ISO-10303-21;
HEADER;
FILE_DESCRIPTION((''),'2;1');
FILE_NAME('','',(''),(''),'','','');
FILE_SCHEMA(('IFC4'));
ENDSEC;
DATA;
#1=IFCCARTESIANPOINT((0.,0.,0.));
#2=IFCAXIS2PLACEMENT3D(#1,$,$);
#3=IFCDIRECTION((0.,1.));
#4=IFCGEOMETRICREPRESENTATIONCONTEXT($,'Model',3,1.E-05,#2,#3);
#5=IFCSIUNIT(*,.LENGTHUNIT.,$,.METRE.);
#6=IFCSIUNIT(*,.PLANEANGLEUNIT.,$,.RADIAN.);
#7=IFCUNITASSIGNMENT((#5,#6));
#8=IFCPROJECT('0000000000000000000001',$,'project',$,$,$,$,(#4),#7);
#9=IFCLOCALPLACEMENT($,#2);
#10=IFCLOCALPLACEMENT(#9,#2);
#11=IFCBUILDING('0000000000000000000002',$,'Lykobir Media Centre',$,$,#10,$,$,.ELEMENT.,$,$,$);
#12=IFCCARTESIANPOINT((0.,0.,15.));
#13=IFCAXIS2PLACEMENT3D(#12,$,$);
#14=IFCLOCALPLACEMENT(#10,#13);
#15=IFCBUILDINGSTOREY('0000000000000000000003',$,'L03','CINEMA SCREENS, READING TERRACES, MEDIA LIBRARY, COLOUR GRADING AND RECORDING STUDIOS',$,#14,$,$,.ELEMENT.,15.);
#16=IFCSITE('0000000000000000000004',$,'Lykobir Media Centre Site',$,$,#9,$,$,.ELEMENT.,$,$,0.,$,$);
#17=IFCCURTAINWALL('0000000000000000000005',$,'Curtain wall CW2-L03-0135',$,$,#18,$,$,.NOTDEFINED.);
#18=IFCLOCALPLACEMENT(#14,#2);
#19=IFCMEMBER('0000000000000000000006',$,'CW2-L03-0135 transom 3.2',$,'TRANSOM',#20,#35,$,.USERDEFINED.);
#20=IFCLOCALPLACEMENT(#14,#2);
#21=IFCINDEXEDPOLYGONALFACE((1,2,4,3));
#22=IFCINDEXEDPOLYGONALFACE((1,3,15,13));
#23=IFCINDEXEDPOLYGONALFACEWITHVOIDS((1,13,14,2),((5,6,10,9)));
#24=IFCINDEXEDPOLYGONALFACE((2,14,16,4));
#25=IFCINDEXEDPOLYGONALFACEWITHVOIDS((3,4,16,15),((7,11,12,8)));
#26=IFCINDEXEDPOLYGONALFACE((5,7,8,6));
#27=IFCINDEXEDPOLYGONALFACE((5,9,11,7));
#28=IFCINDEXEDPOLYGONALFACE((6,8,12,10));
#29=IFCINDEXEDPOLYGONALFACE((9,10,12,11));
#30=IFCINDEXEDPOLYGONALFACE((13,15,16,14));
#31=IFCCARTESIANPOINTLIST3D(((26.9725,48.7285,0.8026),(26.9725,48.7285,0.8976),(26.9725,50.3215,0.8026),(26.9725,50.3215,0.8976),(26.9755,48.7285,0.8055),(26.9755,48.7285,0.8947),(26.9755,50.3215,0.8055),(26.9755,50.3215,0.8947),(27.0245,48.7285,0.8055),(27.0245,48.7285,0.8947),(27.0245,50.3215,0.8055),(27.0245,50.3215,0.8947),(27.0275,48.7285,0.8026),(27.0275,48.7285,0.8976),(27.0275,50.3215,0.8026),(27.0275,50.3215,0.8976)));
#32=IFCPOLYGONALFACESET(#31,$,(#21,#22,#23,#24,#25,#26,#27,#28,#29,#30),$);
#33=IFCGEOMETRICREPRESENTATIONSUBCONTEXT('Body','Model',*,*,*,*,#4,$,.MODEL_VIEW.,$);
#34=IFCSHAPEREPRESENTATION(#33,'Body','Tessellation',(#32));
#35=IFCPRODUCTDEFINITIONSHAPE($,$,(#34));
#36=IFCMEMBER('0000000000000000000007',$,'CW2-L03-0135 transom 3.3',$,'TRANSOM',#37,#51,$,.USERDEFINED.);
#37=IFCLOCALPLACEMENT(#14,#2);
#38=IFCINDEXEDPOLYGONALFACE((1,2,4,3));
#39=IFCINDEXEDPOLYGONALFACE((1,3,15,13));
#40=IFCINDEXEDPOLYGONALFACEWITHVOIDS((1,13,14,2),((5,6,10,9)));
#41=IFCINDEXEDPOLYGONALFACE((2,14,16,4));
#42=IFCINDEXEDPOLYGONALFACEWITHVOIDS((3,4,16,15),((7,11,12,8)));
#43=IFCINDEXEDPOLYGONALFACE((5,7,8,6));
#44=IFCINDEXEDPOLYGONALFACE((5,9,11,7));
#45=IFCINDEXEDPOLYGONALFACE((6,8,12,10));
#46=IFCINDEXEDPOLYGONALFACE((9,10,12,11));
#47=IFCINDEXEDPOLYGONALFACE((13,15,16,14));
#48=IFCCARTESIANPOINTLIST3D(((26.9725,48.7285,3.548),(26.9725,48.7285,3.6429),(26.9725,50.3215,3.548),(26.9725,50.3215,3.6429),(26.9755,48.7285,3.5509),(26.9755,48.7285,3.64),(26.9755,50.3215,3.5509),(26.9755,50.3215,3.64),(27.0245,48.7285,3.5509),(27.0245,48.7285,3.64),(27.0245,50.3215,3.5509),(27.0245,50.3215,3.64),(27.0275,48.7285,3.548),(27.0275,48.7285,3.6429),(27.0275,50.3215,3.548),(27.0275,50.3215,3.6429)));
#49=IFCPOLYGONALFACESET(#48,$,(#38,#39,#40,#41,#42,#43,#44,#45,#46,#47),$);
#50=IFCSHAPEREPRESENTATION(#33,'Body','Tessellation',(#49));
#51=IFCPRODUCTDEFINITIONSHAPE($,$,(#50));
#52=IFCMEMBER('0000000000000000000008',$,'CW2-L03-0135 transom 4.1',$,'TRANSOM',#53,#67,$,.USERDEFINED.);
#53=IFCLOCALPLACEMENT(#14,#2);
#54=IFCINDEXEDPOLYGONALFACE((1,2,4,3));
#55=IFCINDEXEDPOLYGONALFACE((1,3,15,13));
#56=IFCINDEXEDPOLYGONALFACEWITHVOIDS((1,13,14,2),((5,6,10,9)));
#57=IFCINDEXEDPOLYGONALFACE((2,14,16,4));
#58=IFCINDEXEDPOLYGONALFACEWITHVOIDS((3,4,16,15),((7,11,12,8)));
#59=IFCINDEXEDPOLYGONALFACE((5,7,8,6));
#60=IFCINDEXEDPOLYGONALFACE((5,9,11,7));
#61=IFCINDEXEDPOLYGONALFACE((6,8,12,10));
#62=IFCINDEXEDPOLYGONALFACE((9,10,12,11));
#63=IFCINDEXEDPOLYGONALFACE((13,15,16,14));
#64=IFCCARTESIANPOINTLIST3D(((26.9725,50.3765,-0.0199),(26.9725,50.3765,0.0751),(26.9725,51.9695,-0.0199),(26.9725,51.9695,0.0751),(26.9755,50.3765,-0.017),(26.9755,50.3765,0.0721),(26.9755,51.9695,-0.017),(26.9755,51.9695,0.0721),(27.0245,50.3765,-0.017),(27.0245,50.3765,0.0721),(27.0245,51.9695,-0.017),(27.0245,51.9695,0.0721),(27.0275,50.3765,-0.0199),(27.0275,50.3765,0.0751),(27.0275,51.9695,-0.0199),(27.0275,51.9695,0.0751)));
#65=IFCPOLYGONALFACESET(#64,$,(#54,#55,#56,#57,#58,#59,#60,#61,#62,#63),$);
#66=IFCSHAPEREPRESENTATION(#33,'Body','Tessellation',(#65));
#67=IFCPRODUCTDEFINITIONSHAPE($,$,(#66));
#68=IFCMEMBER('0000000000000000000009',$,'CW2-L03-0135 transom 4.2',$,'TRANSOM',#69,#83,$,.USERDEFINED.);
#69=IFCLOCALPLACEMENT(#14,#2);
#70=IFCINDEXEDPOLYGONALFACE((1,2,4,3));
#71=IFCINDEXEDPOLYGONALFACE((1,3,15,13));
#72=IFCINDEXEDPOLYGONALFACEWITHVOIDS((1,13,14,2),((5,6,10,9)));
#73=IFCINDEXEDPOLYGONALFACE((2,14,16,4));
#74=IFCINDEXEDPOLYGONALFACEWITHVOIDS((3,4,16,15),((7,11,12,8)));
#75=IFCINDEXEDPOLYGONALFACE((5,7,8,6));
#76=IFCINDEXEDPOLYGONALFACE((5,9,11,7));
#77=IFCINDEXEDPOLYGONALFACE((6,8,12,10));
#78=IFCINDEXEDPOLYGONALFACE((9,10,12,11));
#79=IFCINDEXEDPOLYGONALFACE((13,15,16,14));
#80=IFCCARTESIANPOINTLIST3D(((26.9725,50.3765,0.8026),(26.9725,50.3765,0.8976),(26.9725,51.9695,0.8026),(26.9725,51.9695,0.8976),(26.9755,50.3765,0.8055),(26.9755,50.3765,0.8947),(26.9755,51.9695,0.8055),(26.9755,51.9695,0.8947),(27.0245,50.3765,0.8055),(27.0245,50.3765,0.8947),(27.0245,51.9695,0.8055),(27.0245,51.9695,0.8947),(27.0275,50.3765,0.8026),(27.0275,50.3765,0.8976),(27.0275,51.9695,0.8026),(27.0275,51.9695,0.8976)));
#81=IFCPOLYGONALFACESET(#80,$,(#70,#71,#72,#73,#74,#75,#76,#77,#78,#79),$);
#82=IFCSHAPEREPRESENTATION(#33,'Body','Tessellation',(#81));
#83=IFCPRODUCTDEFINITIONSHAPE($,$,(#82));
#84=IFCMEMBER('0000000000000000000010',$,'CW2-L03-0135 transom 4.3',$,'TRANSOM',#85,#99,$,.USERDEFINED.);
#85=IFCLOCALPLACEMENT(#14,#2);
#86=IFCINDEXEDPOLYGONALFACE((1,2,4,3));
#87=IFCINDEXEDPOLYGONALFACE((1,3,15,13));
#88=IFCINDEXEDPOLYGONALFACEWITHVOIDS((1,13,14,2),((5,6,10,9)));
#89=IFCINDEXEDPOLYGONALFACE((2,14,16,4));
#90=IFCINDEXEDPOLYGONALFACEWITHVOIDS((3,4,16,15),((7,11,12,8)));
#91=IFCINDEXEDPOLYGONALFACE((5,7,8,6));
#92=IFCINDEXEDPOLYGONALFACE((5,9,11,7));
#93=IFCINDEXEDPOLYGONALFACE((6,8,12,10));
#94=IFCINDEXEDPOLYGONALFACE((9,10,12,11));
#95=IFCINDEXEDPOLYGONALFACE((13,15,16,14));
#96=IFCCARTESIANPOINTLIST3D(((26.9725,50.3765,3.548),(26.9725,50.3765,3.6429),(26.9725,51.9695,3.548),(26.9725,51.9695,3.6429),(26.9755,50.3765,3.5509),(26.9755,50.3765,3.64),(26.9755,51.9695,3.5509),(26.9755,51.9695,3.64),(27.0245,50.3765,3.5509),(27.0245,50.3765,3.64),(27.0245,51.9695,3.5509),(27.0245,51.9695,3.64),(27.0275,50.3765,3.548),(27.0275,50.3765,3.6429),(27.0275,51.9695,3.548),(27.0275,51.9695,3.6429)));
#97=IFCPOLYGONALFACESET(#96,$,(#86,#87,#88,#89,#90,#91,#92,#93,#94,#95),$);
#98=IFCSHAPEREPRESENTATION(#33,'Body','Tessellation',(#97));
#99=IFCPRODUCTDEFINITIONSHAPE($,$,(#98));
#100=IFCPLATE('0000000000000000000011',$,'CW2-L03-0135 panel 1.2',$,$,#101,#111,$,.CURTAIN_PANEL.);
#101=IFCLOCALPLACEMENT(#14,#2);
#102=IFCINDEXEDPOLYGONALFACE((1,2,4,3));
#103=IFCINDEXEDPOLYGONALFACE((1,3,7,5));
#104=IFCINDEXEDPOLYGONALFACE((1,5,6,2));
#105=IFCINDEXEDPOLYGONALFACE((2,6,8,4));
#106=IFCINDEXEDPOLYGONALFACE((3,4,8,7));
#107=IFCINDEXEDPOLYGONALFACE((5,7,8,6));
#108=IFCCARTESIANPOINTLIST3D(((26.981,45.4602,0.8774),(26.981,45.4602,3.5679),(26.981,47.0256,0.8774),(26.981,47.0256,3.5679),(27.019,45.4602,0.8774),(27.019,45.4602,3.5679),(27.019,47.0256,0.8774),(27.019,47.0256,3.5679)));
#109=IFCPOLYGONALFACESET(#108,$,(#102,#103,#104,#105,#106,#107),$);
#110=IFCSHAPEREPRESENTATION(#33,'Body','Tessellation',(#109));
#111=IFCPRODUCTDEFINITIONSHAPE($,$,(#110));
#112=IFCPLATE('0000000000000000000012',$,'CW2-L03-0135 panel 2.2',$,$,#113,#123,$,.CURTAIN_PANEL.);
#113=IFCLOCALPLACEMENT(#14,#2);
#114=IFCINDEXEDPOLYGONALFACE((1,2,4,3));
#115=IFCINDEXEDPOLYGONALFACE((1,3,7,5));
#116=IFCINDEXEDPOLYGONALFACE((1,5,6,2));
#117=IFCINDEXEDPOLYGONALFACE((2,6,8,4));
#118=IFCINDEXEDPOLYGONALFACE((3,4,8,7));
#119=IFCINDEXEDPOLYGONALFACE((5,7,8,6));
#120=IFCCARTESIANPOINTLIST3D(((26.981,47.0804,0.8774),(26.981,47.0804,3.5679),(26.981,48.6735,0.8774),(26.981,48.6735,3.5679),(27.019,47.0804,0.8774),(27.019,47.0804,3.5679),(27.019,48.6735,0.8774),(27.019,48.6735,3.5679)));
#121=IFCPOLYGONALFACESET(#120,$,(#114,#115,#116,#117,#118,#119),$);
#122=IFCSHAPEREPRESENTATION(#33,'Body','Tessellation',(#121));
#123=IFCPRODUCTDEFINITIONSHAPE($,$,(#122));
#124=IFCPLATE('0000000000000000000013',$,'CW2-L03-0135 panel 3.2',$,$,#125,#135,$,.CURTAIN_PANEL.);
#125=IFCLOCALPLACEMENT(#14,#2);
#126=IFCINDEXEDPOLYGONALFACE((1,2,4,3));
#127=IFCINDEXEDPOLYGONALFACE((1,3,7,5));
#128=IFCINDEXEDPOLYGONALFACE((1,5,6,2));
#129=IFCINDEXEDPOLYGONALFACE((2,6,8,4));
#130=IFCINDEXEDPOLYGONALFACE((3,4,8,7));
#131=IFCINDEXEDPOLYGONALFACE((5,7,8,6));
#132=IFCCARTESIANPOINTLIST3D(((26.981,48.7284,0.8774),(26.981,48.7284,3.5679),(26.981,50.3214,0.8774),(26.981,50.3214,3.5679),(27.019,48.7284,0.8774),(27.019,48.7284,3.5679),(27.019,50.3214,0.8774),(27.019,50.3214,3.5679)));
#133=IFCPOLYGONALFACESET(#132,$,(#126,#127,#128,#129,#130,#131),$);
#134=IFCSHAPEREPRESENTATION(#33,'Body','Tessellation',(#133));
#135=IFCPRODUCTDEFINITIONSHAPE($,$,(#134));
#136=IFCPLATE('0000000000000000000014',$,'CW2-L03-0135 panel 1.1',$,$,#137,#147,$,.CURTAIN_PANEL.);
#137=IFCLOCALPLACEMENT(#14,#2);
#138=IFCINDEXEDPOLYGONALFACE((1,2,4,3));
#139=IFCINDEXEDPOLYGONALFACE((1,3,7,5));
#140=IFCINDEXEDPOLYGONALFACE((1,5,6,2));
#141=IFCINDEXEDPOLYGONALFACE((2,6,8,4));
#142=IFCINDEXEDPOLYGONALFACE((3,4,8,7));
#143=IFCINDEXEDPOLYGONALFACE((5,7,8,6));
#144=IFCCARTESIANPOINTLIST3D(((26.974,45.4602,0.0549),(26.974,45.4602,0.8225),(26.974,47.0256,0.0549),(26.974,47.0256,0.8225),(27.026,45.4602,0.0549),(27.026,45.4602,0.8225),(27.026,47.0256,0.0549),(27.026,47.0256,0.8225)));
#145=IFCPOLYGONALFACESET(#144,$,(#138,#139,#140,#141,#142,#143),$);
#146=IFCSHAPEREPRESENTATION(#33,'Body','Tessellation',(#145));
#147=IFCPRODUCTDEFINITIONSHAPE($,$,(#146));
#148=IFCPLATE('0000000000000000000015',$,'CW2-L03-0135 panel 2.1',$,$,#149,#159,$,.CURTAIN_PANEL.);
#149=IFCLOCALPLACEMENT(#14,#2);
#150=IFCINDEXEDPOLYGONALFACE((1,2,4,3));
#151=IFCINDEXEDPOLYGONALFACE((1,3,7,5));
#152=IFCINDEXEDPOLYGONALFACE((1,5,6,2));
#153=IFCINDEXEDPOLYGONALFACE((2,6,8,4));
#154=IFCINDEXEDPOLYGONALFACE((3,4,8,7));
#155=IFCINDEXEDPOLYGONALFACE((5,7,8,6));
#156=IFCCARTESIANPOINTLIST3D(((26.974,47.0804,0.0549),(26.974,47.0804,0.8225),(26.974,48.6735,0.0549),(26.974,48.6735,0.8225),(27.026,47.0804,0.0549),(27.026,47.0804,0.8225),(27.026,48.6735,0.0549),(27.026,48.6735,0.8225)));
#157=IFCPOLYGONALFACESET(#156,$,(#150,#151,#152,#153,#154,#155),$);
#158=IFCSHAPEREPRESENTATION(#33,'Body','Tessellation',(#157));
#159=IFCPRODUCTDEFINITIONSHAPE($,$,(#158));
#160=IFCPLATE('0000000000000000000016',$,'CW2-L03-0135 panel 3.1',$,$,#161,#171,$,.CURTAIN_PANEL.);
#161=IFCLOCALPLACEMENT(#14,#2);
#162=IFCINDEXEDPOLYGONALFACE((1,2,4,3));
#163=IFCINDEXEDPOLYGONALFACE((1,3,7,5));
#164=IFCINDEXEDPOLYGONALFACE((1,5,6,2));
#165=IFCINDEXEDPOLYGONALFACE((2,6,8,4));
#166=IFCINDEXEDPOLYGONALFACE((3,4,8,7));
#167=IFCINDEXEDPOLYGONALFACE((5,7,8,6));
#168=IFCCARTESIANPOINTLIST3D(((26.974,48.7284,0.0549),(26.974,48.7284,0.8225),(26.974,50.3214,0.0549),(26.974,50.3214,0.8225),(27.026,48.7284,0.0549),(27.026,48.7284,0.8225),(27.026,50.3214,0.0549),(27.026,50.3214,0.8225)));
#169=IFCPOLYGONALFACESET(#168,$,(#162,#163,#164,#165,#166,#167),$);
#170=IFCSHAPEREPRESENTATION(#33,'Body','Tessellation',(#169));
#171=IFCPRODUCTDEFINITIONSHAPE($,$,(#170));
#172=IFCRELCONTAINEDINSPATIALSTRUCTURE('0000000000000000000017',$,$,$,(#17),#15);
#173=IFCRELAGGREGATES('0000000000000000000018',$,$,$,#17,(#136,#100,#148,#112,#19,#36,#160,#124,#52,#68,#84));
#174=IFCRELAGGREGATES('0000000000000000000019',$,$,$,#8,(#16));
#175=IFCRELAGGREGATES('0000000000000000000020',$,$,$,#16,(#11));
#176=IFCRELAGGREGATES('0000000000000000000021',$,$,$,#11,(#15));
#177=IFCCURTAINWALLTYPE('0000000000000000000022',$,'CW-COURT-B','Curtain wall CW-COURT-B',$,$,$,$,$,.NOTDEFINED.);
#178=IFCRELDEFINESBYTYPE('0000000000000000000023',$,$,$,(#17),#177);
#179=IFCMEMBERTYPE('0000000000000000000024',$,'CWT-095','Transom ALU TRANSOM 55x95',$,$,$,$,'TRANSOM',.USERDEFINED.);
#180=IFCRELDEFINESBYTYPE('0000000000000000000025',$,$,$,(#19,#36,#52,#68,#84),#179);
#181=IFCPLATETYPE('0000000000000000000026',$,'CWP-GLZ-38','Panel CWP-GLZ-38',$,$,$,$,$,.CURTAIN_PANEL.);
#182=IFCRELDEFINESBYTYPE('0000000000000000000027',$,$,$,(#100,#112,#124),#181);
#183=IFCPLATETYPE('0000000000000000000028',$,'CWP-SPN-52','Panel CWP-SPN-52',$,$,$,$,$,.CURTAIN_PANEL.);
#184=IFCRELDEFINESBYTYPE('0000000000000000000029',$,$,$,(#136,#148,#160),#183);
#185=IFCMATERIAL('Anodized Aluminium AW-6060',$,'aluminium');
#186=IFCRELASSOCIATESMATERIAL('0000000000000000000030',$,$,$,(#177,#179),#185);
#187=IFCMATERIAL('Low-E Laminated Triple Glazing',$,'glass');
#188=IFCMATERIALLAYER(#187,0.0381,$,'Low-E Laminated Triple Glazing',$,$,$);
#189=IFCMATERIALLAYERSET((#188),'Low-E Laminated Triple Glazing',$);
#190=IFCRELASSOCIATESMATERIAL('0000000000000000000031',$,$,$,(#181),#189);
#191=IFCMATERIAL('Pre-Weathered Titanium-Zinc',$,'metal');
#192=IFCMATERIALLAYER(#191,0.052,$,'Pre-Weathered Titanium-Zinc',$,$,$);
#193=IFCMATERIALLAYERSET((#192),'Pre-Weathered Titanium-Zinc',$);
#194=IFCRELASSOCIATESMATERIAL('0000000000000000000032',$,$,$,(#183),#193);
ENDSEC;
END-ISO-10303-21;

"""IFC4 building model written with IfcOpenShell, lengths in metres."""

from ifc_helpers import new_model, si_unit, direction, frame, origin, origin_2d, place, context, subcontext, project, spatial, rectangle, hollow_rectangle, extrude, material, layer, layer_set, material_profile, profile_set, type_object, element, aggregate, save


model = new_model("IFC4")

# Units and contexts
model_context = context("Model", 3, precision=1e-05, world=origin(), true_north=direction((0.0, 1.0)))
body_context = subcontext(model_context, "Body", "Model", "MODEL_VIEW")
ifc_project = project(units=[si_unit("LENGTHUNIT", "METRE"), si_unit("PLANEANGLEUNIT", "RADIAN")], contexts=[model_context])

# Site, building, storey
site_placement = place(None, origin())
site = spatial("IfcSite", under=ifc_project, at=site_placement, Name="Lykobir Media Centre Site", CompositionType="ELEMENT", RefElevation=0.0)
building_placement = place(site_placement, origin())
building = spatial("IfcBuilding", under=site, at=building_placement, Name="Lykobir Media Centre", CompositionType="ELEMENT")
storey_placement = place(building_placement, frame((0.0, 0.0, 15.0)))
storey = spatial("IfcBuildingStorey", under=building, at=storey_placement, Name="L03", Description="CINEMA SCREENS, READING TERRACES, MEDIA LIBRARY, COLOUR GRADING AND RECORDING STUDIOS", CompositionType="ELEMENT", Elevation=15.0)

# Curtain wall, members, plates
ifc_material_1 = material(Name="Anodized Aluminium AW-6060", Category="aluminium")
curtain_wall_type = type_object("IfcCurtainWallType", Name="CW-COURT-B", Description="Curtain wall CW-COURT-B", PredefinedType="NOTDEFINED", material=ifc_material_1)
curtain_wall_placement = place(storey_placement, origin())
curtain_wall = element("IfcCurtainWall", 1, at=curtain_wall_placement, inside=storey, type_object=curtain_wall_type, Name="Curtain wall CW2-L03-0135", PredefinedType="NOTDEFINED")
ifc_material_profile_1 = material_profile(ifc_material_1, hollow_rectangle(XDim=0.0549, YDim=0.095, WallThickness=0.0029, at=origin_2d()), Name="ALU TRANSOM 55x95")
ifc_profile_set_1 = profile_set([ifc_material_profile_1], Name="Anodized Aluminium AW-6060")
member_type_1 = type_object("IfcMemberType", Name="CWT-095", Description="Transom ALU TRANSOM 55x95", ElementType="TRANSOM", PredefinedType="USERDEFINED", material=ifc_profile_set_1)
member_1_placement = place(storey_placement, frame((27.0, 48.7285, 0.8501), z_axis=(0.0, 1.0, 0.0), x_axis=(-1.0, 0.0, 0.0)))
member_1 = element("IfcMember", 2, at=member_1_placement, type_object=member_type_1, Name="CW2-L03-0135 transom 3.2", ObjectType="TRANSOM", PredefinedType="USERDEFINED", context=body_context, shape_type="SweptSolid", body=[
    extrude(hollow_rectangle(XDim=0.0549, YDim=0.095, WallThickness=0.0029, at=origin_2d()), origin(), (0.0, 0.0, 1.0), 1.593),
])
member_2_placement = place(storey_placement, frame((27.0, 48.7285, 3.5955), z_axis=(0.0, 1.0, 0.0), x_axis=(-1.0, 0.0, 0.0)))
member_2 = element("IfcMember", 3, at=member_2_placement, type_object=member_type_1, Name="CW2-L03-0135 transom 3.3", ObjectType="TRANSOM", PredefinedType="USERDEFINED", context=body_context, shape_type="SweptSolid", body=[
    extrude(hollow_rectangle(XDim=0.0549, YDim=0.095, WallThickness=0.0029, at=origin_2d()), origin(), (0.0, 0.0, 1.0), 1.593),
])
member_3_placement = place(storey_placement, frame((27.0, 50.3765, 0.0276), z_axis=(0.0, 1.0, 0.0), x_axis=(-1.0, 0.0, 0.0)))
member_3 = element("IfcMember", 4, at=member_3_placement, type_object=member_type_1, Name="CW2-L03-0135 transom 4.1", ObjectType="TRANSOM", PredefinedType="USERDEFINED", context=body_context, shape_type="SweptSolid", body=[
    extrude(hollow_rectangle(XDim=0.0549, YDim=0.095, WallThickness=0.0029, at=origin_2d()), origin(), (0.0, 0.0, 1.0), 1.593),
])
member_4_placement = place(storey_placement, frame((27.0, 50.3765, 0.8501), z_axis=(0.0, 1.0, 0.0), x_axis=(-1.0, 0.0, 0.0)))
member_4 = element("IfcMember", 5, at=member_4_placement, type_object=member_type_1, Name="CW2-L03-0135 transom 4.2", ObjectType="TRANSOM", PredefinedType="USERDEFINED", context=body_context, shape_type="SweptSolid", body=[
    extrude(hollow_rectangle(XDim=0.0549, YDim=0.095, WallThickness=0.0029, at=origin_2d()), origin(), (0.0, 0.0, 1.0), 1.593),
])
member_5_placement = place(storey_placement, frame((27.0, 50.3765, 3.5955), z_axis=(0.0, 1.0, 0.0), x_axis=(-1.0, 0.0, 0.0)))
member_5 = element("IfcMember", 6, at=member_5_placement, type_object=member_type_1, Name="CW2-L03-0135 transom 4.3", ObjectType="TRANSOM", PredefinedType="USERDEFINED", context=body_context, shape_type="SweptSolid", body=[
    extrude(hollow_rectangle(XDim=0.0549, YDim=0.095, WallThickness=0.0029, at=origin_2d()), origin(), (0.0, 0.0, 1.0), 1.593),
])
ifc_material_2 = material(Name="Low-E Laminated Triple Glazing", Category="glass")
ifc_layer_1 = layer(ifc_material_2, 0.0381, Name="Low-E Laminated Triple Glazing")
ifc_layer_set_1 = layer_set([ifc_layer_1], Name="Low-E Laminated Triple Glazing")
plate_type_1 = type_object("IfcPlateType", Name="CWP-GLZ-38", Description="Panel CWP-GLZ-38", PredefinedType="CURTAIN_PANEL", material=ifc_layer_set_1)
plate_1_placement = place(storey_placement, frame((27.0, 46.2429, 0.8774), z_axis=(0.0, 0.0, 1.0), x_axis=(0.0, 1.0, 0.0)))
plate_1 = element("IfcPlate", 7, at=plate_1_placement, type_object=plate_type_1, Name="CW2-L03-0135 panel 1.2", PredefinedType="CURTAIN_PANEL", context=body_context, shape_type="SweptSolid", body=[
    extrude(rectangle(XDim=1.5654, YDim=0.0381, at=origin_2d()), origin(), (0.0, 0.0, 1.0), 2.6904),
])
plate_2_placement = place(storey_placement, frame((27.0, 47.877, 0.8774), z_axis=(0.0, 0.0, 1.0), x_axis=(0.0, 1.0, 0.0)))
plate_2 = element("IfcPlate", 8, at=plate_2_placement, type_object=plate_type_1, Name="CW2-L03-0135 panel 2.2", PredefinedType="CURTAIN_PANEL", context=body_context, shape_type="SweptSolid", body=[
    extrude(rectangle(XDim=1.593, YDim=0.0381, at=origin_2d()), origin(), (0.0, 0.0, 1.0), 2.6904),
])
plate_3_placement = place(storey_placement, frame((27.0, 49.5249, 0.8774), z_axis=(0.0, 0.0, 1.0), x_axis=(0.0, 1.0, 0.0)))
plate_3 = element("IfcPlate", 9, at=plate_3_placement, type_object=plate_type_1, Name="CW2-L03-0135 panel 3.2", PredefinedType="CURTAIN_PANEL", context=body_context, shape_type="SweptSolid", body=[
    extrude(rectangle(XDim=1.593, YDim=0.0381, at=origin_2d()), origin(), (0.0, 0.0, 1.0), 2.6904),
])
ifc_material_3 = material(Name="Pre-Weathered Titanium-Zinc", Category="metal")
ifc_layer_2 = layer(ifc_material_3, 0.052, Name="Pre-Weathered Titanium-Zinc")
ifc_layer_set_2 = layer_set([ifc_layer_2], Name="Pre-Weathered Titanium-Zinc")
plate_type_2 = type_object("IfcPlateType", Name="CWP-SPN-52", Description="Panel CWP-SPN-52", PredefinedType="CURTAIN_PANEL", material=ifc_layer_set_2)
plate_4_placement = place(storey_placement, frame((27.0, 46.2429, 0.0549), z_axis=(0.0, 0.0, 1.0), x_axis=(0.0, 1.0, 0.0)))
plate_4 = element("IfcPlate", 10, at=plate_4_placement, type_object=plate_type_2, Name="CW2-L03-0135 panel 1.1", PredefinedType="CURTAIN_PANEL", context=body_context, shape_type="SweptSolid", body=[
    extrude(rectangle(XDim=1.5654, YDim=0.052, at=origin_2d()), origin(), (0.0, 0.0, 1.0), 0.7676),
])
plate_5_placement = place(storey_placement, frame((27.0, 47.877, 0.0549), z_axis=(0.0, 0.0, 1.0), x_axis=(0.0, 1.0, 0.0)))
plate_5 = element("IfcPlate", 11, at=plate_5_placement, type_object=plate_type_2, Name="CW2-L03-0135 panel 2.1", PredefinedType="CURTAIN_PANEL", context=body_context, shape_type="SweptSolid", body=[
    extrude(rectangle(XDim=1.593, YDim=0.052, at=origin_2d()), origin(), (0.0, 0.0, 1.0), 0.7676),
])
plate_6_placement = place(storey_placement, frame((27.0, 49.5249, 0.0549), z_axis=(0.0, 0.0, 1.0), x_axis=(0.0, 1.0, 0.0)))
plate_6 = element("IfcPlate", 12, at=plate_6_placement, type_object=plate_type_2, Name="CW2-L03-0135 panel 3.1", PredefinedType="CURTAIN_PANEL", context=body_context, shape_type="SweptSolid", body=[
    extrude(rectangle(XDim=1.593, YDim=0.052, at=origin_2d()), origin(), (0.0, 0.0, 1.0), 0.7676),
])
aggregate(curtain_wall, [plate_4, plate_1, plate_5, plate_2, member_1, member_2, plate_6, plate_3, member_3, member_4, member_5])

save(model, "model.ifc")
